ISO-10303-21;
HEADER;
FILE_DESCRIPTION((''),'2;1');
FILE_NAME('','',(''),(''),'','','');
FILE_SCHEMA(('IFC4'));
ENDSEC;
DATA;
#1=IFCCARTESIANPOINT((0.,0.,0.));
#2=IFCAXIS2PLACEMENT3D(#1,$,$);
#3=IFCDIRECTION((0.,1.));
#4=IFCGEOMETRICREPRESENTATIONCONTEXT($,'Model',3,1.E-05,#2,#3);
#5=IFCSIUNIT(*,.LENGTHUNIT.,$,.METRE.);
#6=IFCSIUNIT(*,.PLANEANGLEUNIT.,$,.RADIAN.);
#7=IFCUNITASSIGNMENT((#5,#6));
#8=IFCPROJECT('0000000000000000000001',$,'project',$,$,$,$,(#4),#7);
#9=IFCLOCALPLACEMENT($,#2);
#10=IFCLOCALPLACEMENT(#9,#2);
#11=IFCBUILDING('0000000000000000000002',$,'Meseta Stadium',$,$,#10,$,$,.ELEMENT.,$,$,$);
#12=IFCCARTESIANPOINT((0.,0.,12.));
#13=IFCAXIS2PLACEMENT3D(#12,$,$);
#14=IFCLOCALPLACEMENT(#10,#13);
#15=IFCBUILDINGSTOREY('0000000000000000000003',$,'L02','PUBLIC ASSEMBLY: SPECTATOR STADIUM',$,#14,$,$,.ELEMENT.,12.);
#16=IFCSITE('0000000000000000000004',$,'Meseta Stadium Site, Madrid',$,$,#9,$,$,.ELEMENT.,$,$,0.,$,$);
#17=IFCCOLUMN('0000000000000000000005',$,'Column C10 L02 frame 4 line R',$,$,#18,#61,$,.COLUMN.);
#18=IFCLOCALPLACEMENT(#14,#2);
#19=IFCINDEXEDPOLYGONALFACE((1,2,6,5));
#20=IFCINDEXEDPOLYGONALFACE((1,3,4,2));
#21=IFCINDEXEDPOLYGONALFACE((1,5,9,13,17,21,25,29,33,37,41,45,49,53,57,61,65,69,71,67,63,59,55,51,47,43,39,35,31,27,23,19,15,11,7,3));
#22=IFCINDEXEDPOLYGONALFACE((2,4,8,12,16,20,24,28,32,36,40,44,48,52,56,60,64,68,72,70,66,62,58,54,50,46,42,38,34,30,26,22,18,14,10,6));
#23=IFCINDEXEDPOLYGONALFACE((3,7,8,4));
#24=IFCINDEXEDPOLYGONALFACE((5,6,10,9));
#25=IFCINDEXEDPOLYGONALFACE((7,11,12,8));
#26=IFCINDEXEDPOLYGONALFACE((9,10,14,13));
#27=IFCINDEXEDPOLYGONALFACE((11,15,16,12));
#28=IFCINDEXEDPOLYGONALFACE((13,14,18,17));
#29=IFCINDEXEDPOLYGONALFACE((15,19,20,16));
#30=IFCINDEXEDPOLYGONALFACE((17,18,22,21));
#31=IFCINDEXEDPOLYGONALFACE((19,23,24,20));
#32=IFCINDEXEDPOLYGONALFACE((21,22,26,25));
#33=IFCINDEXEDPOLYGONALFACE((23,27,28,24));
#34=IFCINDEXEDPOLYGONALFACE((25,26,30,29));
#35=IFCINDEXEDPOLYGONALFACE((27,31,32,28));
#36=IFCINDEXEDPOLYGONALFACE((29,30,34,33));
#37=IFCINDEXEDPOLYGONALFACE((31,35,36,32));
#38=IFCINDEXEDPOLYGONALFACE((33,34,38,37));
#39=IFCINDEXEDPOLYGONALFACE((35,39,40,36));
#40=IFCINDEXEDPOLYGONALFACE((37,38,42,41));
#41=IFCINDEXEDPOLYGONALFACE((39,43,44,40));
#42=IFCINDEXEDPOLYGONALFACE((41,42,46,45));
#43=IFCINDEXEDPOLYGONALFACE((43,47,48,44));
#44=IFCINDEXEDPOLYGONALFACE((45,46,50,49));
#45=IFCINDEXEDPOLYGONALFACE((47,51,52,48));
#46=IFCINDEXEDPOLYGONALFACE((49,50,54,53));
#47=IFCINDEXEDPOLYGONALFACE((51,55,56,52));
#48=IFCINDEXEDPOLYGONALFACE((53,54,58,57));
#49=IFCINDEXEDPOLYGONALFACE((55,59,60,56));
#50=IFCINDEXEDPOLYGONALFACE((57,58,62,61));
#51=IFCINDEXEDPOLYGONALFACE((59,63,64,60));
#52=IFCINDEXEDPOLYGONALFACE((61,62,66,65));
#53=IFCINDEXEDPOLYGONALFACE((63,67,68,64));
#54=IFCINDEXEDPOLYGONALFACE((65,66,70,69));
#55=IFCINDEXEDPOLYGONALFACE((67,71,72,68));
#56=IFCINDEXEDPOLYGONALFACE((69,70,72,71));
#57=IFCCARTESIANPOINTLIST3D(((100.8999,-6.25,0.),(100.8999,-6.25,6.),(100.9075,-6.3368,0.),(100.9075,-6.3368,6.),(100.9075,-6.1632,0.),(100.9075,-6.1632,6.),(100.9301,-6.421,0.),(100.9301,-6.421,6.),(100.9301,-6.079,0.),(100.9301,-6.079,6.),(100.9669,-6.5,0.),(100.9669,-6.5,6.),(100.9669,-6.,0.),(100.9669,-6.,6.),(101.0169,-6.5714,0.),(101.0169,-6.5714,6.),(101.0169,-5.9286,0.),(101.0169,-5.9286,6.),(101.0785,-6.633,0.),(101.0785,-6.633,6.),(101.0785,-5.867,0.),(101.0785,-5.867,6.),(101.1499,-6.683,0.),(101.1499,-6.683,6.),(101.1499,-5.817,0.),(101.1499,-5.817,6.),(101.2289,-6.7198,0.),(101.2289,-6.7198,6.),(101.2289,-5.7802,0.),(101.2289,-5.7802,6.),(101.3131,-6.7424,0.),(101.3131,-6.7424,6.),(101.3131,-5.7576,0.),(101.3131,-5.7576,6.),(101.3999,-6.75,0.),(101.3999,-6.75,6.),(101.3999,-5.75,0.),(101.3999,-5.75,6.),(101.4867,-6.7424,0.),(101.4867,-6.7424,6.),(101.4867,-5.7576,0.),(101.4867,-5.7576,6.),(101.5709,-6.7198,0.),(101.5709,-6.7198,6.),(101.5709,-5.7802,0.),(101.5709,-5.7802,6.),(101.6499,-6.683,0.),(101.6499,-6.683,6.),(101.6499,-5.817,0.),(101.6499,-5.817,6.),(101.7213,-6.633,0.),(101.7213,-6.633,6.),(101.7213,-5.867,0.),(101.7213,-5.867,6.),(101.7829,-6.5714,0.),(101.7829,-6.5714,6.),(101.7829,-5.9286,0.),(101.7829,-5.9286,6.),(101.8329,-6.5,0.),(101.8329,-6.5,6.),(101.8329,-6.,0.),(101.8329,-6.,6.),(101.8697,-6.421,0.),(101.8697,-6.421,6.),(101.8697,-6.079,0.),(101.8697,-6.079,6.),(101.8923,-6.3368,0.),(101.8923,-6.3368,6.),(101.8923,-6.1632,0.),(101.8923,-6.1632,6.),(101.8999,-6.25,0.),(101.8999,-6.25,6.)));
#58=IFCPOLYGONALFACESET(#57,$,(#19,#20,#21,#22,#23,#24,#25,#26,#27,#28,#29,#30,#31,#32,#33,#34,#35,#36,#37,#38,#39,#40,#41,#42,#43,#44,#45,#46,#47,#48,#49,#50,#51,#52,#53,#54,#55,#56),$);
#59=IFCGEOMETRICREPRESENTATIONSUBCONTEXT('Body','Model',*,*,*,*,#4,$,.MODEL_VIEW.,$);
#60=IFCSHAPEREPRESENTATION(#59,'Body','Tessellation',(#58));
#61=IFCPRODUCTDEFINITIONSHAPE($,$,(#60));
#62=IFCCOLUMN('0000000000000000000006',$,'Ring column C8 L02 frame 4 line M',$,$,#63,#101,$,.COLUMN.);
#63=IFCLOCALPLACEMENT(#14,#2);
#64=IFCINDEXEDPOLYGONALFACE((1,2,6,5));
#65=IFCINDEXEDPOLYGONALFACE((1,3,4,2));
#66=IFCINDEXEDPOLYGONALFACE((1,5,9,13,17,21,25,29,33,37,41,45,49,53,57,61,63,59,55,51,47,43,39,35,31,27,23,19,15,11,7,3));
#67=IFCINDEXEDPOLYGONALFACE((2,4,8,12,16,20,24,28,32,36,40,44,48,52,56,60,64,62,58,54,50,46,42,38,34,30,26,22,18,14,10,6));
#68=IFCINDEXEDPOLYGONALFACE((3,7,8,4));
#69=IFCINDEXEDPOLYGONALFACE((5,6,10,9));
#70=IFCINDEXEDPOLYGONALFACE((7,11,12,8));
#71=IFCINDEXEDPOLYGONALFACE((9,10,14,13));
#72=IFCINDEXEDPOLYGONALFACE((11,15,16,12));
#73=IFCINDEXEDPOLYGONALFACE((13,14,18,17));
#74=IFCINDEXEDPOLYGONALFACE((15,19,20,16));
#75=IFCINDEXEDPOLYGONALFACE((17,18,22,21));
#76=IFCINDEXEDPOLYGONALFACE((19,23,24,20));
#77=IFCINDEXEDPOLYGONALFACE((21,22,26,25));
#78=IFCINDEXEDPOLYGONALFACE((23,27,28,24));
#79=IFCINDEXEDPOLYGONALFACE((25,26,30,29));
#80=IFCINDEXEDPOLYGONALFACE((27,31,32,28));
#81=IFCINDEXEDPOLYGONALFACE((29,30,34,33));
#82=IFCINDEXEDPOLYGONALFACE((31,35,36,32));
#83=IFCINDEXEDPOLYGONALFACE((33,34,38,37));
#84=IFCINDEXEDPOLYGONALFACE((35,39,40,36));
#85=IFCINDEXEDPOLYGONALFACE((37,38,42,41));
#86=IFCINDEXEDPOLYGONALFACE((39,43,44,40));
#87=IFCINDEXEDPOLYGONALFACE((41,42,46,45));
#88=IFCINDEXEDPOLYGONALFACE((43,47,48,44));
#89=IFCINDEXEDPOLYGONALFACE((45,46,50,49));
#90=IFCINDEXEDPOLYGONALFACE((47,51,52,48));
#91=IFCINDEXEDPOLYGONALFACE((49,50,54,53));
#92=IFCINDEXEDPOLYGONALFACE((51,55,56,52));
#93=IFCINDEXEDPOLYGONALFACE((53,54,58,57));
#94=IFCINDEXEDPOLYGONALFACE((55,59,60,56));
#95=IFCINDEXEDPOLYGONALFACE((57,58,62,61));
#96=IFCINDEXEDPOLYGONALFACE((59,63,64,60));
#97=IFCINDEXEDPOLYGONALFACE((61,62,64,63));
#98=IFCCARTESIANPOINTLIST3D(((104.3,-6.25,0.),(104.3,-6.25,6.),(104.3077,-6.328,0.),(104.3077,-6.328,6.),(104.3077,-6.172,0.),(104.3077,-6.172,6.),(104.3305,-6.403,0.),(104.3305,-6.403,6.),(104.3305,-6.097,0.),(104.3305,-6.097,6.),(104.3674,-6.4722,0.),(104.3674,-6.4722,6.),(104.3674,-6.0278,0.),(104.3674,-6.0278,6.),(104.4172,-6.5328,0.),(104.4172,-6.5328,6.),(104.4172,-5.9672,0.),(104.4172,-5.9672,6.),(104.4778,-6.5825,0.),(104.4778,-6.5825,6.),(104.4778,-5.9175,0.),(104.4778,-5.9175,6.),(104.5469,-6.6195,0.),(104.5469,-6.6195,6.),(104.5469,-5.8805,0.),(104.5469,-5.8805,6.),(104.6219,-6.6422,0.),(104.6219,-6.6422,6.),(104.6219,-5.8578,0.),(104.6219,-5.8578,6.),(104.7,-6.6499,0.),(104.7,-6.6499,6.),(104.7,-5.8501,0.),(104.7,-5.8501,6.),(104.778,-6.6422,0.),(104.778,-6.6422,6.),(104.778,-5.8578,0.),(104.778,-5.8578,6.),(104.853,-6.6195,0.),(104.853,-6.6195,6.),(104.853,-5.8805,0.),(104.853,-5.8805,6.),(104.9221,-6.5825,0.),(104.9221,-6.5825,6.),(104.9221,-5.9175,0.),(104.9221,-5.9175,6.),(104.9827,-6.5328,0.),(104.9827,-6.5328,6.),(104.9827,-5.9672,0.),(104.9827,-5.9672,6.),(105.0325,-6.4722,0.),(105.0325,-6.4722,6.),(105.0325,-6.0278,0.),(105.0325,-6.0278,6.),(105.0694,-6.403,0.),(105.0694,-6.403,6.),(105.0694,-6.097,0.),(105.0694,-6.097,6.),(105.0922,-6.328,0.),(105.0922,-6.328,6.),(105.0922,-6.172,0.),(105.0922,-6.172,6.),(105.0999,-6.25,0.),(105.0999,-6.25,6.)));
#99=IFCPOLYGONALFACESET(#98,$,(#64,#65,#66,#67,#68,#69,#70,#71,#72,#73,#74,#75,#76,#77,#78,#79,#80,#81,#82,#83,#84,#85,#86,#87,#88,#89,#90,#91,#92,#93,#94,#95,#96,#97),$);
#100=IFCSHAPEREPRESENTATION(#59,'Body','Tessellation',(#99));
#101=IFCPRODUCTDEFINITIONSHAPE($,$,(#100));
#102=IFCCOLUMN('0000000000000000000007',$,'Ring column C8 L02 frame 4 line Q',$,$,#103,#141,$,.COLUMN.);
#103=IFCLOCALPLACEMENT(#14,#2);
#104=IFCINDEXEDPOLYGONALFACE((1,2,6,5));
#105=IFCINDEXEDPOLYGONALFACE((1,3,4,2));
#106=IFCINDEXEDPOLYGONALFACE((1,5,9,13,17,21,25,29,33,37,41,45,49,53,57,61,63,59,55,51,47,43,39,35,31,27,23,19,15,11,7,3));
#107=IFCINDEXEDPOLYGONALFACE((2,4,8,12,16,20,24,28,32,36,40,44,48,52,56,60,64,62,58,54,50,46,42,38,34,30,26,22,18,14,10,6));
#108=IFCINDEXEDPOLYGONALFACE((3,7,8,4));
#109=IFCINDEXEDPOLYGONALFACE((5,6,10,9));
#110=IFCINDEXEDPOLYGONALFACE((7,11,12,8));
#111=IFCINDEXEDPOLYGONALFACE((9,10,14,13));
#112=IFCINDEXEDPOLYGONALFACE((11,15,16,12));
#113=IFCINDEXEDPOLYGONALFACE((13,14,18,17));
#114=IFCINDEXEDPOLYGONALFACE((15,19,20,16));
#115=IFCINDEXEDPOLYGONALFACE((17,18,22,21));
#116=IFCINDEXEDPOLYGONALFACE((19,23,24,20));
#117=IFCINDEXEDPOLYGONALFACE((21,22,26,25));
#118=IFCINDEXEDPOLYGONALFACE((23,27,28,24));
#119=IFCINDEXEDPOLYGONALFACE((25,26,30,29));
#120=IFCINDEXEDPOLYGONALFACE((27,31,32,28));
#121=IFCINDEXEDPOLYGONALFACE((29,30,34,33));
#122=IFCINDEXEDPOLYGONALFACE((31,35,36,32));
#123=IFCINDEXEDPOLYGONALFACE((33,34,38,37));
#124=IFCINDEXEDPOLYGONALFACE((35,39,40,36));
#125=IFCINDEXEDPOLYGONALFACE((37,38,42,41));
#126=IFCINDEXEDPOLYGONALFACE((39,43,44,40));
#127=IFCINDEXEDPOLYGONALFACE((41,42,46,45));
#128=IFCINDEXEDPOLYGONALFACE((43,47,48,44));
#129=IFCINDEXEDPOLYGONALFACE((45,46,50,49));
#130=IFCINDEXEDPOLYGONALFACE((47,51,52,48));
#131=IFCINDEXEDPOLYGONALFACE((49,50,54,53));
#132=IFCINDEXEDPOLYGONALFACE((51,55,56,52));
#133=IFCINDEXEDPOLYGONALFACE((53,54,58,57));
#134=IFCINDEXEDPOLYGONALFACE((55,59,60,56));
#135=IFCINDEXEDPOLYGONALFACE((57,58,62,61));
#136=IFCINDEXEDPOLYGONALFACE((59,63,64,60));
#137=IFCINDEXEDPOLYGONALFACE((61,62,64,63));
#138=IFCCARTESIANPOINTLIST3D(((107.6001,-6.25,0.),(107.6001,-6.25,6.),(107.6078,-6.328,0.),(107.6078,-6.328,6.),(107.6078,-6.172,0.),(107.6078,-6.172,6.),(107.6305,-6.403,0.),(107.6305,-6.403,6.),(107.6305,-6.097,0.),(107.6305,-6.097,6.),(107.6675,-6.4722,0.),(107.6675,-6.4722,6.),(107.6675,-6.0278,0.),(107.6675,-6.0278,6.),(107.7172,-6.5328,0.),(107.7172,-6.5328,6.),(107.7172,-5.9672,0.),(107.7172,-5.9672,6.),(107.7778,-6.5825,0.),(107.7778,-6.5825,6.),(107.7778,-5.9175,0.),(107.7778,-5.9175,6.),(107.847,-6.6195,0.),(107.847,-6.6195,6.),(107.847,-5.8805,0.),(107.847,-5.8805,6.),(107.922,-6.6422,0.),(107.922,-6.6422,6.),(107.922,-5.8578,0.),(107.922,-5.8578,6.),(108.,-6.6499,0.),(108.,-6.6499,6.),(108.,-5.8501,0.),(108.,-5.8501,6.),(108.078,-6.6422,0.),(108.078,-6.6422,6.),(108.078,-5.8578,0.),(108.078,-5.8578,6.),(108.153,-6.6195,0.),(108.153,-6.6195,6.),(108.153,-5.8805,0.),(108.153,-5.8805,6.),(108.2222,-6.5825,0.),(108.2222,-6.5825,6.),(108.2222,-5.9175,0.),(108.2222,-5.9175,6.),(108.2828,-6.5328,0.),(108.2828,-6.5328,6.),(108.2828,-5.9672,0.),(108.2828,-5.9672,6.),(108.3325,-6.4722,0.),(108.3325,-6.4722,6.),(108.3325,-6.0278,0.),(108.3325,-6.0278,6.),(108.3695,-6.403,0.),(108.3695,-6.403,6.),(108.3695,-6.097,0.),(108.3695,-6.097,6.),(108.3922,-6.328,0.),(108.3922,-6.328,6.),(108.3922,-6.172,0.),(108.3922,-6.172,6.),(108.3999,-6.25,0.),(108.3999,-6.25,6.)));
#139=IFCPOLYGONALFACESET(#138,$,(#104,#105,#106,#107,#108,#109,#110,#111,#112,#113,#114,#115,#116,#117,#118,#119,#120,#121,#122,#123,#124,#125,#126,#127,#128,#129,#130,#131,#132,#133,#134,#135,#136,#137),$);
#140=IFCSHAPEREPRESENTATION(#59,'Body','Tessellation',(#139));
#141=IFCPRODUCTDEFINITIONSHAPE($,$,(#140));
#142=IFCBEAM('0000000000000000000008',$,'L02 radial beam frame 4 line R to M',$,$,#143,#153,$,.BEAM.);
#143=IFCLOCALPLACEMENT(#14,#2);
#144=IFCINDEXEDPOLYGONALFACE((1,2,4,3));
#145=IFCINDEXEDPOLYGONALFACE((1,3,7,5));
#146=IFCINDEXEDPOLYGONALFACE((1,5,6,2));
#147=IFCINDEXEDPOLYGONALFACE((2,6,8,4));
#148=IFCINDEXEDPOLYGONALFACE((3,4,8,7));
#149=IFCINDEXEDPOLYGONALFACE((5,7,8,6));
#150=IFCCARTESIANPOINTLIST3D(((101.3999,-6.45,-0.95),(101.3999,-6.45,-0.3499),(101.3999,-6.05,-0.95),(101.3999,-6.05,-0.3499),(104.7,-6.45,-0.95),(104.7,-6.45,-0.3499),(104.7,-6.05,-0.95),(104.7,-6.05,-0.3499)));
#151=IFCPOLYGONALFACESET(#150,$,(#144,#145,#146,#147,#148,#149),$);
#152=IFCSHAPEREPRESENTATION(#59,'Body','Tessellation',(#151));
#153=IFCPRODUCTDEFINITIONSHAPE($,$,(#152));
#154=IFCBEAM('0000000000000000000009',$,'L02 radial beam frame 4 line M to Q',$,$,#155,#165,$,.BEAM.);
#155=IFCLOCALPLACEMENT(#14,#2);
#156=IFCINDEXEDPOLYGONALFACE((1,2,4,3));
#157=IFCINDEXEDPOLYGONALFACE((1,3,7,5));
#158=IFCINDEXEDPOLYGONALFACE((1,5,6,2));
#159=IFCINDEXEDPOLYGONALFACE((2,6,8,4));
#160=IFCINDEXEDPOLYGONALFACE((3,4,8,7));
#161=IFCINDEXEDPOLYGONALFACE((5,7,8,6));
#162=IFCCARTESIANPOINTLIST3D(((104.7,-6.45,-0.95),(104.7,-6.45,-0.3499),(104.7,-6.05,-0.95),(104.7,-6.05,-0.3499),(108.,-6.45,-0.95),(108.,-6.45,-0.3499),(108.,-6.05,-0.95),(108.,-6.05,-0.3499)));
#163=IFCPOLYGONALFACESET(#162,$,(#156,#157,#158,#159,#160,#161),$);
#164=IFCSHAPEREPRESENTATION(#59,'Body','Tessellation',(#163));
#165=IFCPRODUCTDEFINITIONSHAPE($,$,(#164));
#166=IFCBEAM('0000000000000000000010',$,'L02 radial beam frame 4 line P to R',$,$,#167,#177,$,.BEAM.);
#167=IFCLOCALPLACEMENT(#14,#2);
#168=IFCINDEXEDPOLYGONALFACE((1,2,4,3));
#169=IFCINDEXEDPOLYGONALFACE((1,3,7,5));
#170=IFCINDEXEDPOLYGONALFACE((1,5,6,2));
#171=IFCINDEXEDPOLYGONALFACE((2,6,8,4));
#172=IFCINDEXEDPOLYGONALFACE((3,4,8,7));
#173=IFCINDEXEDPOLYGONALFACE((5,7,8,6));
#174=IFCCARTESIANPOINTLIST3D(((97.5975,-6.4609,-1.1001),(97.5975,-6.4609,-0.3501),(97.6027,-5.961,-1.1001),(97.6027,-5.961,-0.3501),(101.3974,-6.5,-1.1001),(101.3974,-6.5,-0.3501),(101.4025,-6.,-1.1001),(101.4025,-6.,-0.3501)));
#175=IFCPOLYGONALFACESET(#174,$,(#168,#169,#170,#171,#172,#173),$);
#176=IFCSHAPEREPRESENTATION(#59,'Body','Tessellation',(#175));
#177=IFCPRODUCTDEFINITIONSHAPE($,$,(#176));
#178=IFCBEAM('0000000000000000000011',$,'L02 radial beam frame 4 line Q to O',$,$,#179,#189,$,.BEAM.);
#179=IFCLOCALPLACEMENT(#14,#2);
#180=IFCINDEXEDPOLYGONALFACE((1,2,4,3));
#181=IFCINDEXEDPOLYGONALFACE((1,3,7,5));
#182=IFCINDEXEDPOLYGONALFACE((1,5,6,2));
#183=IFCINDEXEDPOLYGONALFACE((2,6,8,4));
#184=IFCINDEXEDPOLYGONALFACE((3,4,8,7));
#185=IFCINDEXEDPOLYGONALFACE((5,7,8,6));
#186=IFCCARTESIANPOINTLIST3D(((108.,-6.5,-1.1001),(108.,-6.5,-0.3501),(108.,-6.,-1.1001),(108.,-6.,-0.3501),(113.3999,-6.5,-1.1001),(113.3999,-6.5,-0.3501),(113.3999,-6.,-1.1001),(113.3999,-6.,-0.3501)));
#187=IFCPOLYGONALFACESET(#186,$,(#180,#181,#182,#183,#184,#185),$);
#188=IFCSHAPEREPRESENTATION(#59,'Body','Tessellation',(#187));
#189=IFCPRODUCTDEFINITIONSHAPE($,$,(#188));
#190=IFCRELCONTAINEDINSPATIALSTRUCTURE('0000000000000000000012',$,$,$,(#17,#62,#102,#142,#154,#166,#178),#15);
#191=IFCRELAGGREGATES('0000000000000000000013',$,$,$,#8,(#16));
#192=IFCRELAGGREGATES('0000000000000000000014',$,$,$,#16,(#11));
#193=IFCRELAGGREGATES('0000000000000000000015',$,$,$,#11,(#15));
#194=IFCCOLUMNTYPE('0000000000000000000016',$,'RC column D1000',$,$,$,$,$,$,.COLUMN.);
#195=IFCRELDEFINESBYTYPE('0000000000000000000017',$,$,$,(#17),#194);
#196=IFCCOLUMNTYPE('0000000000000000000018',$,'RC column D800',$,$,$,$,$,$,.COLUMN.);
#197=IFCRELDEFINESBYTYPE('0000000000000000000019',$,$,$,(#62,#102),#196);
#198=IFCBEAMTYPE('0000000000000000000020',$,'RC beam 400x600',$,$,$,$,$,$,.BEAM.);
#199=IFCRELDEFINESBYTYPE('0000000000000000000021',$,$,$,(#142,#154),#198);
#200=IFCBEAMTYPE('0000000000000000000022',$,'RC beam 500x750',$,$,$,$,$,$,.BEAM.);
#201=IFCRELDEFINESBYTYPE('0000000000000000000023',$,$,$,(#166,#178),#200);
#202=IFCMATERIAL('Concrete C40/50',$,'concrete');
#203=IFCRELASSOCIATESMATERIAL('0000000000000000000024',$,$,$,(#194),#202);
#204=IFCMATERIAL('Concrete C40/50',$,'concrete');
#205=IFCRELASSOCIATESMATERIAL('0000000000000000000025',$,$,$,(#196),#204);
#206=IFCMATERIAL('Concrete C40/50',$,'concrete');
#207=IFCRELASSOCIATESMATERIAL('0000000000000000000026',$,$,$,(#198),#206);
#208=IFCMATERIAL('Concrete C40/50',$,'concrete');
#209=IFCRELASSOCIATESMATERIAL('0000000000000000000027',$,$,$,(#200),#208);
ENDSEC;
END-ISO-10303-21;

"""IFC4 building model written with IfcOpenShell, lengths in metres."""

from ifc_helpers import new_model, si_unit, direction, frame, origin, origin_2d, place, context, subcontext, project, spatial, rectangle, circle, extrude, material, material_profile, profile_set, type_object, element, save


model = new_model("IFC4")

# Units and contexts
model_context = context("Model", 3, precision=1e-05, world=origin(), true_north=direction((0.0, 1.0)))
body_context = subcontext(model_context, "Body", "Model", "MODEL_VIEW")
ifc_project = project(units=[si_unit("LENGTHUNIT", "METRE"), si_unit("PLANEANGLEUNIT", "RADIAN")], contexts=[model_context])

# Site, building, storey
site_placement = place(None, origin())
site = spatial("IfcSite", under=ifc_project, at=site_placement, Name="Meseta Stadium Site, Madrid", CompositionType="ELEMENT", RefElevation=0.0)
building_placement = place(site_placement, origin())
building = spatial("IfcBuilding", under=site, at=building_placement, Name="Meseta Stadium", CompositionType="ELEMENT")
storey_placement = place(building_placement, frame((0.0, 0.0, 12.0)))
storey = spatial("IfcBuildingStorey", under=building, at=storey_placement, Name="L02", Description="PUBLIC ASSEMBLY: SPECTATOR STADIUM", CompositionType="ELEMENT", Elevation=12.0)

# Columns
ifc_material_1 = material(Name="Concrete C40/50", Category="concrete")
ifc_material_profile_1 = material_profile(ifc_material_1, circle(Radius=0.5, at=origin_2d()), Name="RC D1000")
ifc_profile_set_1 = profile_set([ifc_material_profile_1], Name="Concrete C40/50")
column_type_1 = type_object("IfcColumnType", Name="RC column D1000", PredefinedType="COLUMN", material=ifc_profile_set_1)
column_placement = place(storey_placement, frame((101.3999, -6.25, 0.0), z_axis=(0.0, 0.0, 1.0), x_axis=(1.0, 0.0, 0.0)))
element("IfcColumn", 1, at=column_placement, inside=storey, type_object=column_type_1, Name="Column C10 L02 frame 4 line R", PredefinedType="COLUMN", context=body_context, shape_type="SweptSolid", body=[
    extrude(circle(Radius=0.5, at=origin_2d()), origin(), (0.0, 0.0, 1.0), 6.0),
])
ifc_material_2 = material(Name="Concrete C40/50", Category="concrete")
ifc_material_profile_2 = material_profile(ifc_material_2, circle(Radius=0.3999, at=origin_2d()), Name="RC D800")
ifc_profile_set_2 = profile_set([ifc_material_profile_2], Name="Concrete C40/50")
column_type_2 = type_object("IfcColumnType", Name="RC column D800", PredefinedType="COLUMN", material=ifc_profile_set_2)
for number, where, z_axis, x_axis, name in (
    (2, (104.7, -6.25, 0.0), (0.0, 0.0, 1.0), (1.0, 0.0, 0.0), "Ring column C8 L02 frame 4 line M"),
    (3, (108.0, -6.25, 0.0), (0.0, 0.0, 1.0), (1.0, 0.0, 0.0), "Ring column C8 L02 frame 4 line Q"),
):
    element("IfcColumn", number, at=place(storey_placement, frame(where, z_axis=z_axis, x_axis=x_axis)), inside=storey, type_object=column_type_2, Name=name, PredefinedType="COLUMN", context=body_context, shape_type="SweptSolid", body=[
        extrude(circle(Radius=0.3999, at=origin_2d()), origin(), (0.0, 0.0, 1.0), 6.0),
    ])

# Beams
ifc_material_3 = material(Name="Concrete C40/50", Category="concrete")
ifc_material_profile_3 = material_profile(ifc_material_3, rectangle(XDim=0.3999, YDim=0.6001, at=origin_2d()), Name="RC 400x600")
ifc_profile_set_3 = profile_set([ifc_material_profile_3], Name="Concrete C40/50")
beam_type_1 = type_object("IfcBeamType", Name="RC beam 400x600", PredefinedType="BEAM", material=ifc_profile_set_3)
for number, where, z_axis, x_axis, name in (
    (4, (101.3999, -6.25, -0.6499), (1.0, 0.0, 0.0), (0.0, 1.0, 0.0), "L02 radial beam frame 4 line R to M"),
    (5, (104.7, -6.25, -0.6499), (1.0, 0.0, 0.0), (0.0, 1.0, 0.0), "L02 radial beam frame 4 line M to Q"),
):
    element("IfcBeam", number, at=place(storey_placement, frame(where, z_axis=z_axis, x_axis=x_axis)), inside=storey, type_object=beam_type_1, Name=name, PredefinedType="BEAM", context=body_context, shape_type="SweptSolid", body=[
        extrude(rectangle(XDim=0.3999, YDim=0.6001, at=origin_2d()), origin(), (0.0, 0.0, 1.0), 3.3),
    ])
ifc_material_4 = material(Name="Concrete C40/50", Category="concrete")
ifc_material_profile_4 = material_profile(ifc_material_4, rectangle(XDim=0.5, YDim=0.75, at=origin_2d()), Name="RC 500x750")
ifc_profile_set_4 = profile_set([ifc_material_profile_4], Name="Concrete C40/50")
beam_type_2 = type_object("IfcBeamType", Name="RC beam 500x750", PredefinedType="BEAM", material=ifc_profile_set_4)
beam_1_placement = place(storey_placement, frame((97.6001, -6.2109, -0.7251), z_axis=(0.999947, -0.01028, 0.0), x_axis=(0.01028, 0.999947, 0.0)))
element("IfcBeam", 6, at=beam_1_placement, inside=storey, type_object=beam_type_2, Name="L02 radial beam frame 4 line P to R", PredefinedType="BEAM", context=body_context, shape_type="SweptSolid", body=[
    extrude(rectangle(XDim=0.5, YDim=0.75, at=origin_2d()), origin(), (0.0, 0.0, 1.0), 3.8),
])
beam_2_placement = place(storey_placement, frame((108.0, -6.25, -0.7251), z_axis=(1.0, 0.0, 0.0), x_axis=(0.0, 1.0, 0.0)))
element("IfcBeam", 7, at=beam_2_placement, inside=storey, type_object=beam_type_2, Name="L02 radial beam frame 4 line Q to O", PredefinedType="BEAM", context=body_context, shape_type="SweptSolid", body=[
    extrude(rectangle(XDim=0.5, YDim=0.75, at=origin_2d()), origin(), (0.0, 0.0, 1.0), 5.3999),
])

save(model, "model.ifc")
